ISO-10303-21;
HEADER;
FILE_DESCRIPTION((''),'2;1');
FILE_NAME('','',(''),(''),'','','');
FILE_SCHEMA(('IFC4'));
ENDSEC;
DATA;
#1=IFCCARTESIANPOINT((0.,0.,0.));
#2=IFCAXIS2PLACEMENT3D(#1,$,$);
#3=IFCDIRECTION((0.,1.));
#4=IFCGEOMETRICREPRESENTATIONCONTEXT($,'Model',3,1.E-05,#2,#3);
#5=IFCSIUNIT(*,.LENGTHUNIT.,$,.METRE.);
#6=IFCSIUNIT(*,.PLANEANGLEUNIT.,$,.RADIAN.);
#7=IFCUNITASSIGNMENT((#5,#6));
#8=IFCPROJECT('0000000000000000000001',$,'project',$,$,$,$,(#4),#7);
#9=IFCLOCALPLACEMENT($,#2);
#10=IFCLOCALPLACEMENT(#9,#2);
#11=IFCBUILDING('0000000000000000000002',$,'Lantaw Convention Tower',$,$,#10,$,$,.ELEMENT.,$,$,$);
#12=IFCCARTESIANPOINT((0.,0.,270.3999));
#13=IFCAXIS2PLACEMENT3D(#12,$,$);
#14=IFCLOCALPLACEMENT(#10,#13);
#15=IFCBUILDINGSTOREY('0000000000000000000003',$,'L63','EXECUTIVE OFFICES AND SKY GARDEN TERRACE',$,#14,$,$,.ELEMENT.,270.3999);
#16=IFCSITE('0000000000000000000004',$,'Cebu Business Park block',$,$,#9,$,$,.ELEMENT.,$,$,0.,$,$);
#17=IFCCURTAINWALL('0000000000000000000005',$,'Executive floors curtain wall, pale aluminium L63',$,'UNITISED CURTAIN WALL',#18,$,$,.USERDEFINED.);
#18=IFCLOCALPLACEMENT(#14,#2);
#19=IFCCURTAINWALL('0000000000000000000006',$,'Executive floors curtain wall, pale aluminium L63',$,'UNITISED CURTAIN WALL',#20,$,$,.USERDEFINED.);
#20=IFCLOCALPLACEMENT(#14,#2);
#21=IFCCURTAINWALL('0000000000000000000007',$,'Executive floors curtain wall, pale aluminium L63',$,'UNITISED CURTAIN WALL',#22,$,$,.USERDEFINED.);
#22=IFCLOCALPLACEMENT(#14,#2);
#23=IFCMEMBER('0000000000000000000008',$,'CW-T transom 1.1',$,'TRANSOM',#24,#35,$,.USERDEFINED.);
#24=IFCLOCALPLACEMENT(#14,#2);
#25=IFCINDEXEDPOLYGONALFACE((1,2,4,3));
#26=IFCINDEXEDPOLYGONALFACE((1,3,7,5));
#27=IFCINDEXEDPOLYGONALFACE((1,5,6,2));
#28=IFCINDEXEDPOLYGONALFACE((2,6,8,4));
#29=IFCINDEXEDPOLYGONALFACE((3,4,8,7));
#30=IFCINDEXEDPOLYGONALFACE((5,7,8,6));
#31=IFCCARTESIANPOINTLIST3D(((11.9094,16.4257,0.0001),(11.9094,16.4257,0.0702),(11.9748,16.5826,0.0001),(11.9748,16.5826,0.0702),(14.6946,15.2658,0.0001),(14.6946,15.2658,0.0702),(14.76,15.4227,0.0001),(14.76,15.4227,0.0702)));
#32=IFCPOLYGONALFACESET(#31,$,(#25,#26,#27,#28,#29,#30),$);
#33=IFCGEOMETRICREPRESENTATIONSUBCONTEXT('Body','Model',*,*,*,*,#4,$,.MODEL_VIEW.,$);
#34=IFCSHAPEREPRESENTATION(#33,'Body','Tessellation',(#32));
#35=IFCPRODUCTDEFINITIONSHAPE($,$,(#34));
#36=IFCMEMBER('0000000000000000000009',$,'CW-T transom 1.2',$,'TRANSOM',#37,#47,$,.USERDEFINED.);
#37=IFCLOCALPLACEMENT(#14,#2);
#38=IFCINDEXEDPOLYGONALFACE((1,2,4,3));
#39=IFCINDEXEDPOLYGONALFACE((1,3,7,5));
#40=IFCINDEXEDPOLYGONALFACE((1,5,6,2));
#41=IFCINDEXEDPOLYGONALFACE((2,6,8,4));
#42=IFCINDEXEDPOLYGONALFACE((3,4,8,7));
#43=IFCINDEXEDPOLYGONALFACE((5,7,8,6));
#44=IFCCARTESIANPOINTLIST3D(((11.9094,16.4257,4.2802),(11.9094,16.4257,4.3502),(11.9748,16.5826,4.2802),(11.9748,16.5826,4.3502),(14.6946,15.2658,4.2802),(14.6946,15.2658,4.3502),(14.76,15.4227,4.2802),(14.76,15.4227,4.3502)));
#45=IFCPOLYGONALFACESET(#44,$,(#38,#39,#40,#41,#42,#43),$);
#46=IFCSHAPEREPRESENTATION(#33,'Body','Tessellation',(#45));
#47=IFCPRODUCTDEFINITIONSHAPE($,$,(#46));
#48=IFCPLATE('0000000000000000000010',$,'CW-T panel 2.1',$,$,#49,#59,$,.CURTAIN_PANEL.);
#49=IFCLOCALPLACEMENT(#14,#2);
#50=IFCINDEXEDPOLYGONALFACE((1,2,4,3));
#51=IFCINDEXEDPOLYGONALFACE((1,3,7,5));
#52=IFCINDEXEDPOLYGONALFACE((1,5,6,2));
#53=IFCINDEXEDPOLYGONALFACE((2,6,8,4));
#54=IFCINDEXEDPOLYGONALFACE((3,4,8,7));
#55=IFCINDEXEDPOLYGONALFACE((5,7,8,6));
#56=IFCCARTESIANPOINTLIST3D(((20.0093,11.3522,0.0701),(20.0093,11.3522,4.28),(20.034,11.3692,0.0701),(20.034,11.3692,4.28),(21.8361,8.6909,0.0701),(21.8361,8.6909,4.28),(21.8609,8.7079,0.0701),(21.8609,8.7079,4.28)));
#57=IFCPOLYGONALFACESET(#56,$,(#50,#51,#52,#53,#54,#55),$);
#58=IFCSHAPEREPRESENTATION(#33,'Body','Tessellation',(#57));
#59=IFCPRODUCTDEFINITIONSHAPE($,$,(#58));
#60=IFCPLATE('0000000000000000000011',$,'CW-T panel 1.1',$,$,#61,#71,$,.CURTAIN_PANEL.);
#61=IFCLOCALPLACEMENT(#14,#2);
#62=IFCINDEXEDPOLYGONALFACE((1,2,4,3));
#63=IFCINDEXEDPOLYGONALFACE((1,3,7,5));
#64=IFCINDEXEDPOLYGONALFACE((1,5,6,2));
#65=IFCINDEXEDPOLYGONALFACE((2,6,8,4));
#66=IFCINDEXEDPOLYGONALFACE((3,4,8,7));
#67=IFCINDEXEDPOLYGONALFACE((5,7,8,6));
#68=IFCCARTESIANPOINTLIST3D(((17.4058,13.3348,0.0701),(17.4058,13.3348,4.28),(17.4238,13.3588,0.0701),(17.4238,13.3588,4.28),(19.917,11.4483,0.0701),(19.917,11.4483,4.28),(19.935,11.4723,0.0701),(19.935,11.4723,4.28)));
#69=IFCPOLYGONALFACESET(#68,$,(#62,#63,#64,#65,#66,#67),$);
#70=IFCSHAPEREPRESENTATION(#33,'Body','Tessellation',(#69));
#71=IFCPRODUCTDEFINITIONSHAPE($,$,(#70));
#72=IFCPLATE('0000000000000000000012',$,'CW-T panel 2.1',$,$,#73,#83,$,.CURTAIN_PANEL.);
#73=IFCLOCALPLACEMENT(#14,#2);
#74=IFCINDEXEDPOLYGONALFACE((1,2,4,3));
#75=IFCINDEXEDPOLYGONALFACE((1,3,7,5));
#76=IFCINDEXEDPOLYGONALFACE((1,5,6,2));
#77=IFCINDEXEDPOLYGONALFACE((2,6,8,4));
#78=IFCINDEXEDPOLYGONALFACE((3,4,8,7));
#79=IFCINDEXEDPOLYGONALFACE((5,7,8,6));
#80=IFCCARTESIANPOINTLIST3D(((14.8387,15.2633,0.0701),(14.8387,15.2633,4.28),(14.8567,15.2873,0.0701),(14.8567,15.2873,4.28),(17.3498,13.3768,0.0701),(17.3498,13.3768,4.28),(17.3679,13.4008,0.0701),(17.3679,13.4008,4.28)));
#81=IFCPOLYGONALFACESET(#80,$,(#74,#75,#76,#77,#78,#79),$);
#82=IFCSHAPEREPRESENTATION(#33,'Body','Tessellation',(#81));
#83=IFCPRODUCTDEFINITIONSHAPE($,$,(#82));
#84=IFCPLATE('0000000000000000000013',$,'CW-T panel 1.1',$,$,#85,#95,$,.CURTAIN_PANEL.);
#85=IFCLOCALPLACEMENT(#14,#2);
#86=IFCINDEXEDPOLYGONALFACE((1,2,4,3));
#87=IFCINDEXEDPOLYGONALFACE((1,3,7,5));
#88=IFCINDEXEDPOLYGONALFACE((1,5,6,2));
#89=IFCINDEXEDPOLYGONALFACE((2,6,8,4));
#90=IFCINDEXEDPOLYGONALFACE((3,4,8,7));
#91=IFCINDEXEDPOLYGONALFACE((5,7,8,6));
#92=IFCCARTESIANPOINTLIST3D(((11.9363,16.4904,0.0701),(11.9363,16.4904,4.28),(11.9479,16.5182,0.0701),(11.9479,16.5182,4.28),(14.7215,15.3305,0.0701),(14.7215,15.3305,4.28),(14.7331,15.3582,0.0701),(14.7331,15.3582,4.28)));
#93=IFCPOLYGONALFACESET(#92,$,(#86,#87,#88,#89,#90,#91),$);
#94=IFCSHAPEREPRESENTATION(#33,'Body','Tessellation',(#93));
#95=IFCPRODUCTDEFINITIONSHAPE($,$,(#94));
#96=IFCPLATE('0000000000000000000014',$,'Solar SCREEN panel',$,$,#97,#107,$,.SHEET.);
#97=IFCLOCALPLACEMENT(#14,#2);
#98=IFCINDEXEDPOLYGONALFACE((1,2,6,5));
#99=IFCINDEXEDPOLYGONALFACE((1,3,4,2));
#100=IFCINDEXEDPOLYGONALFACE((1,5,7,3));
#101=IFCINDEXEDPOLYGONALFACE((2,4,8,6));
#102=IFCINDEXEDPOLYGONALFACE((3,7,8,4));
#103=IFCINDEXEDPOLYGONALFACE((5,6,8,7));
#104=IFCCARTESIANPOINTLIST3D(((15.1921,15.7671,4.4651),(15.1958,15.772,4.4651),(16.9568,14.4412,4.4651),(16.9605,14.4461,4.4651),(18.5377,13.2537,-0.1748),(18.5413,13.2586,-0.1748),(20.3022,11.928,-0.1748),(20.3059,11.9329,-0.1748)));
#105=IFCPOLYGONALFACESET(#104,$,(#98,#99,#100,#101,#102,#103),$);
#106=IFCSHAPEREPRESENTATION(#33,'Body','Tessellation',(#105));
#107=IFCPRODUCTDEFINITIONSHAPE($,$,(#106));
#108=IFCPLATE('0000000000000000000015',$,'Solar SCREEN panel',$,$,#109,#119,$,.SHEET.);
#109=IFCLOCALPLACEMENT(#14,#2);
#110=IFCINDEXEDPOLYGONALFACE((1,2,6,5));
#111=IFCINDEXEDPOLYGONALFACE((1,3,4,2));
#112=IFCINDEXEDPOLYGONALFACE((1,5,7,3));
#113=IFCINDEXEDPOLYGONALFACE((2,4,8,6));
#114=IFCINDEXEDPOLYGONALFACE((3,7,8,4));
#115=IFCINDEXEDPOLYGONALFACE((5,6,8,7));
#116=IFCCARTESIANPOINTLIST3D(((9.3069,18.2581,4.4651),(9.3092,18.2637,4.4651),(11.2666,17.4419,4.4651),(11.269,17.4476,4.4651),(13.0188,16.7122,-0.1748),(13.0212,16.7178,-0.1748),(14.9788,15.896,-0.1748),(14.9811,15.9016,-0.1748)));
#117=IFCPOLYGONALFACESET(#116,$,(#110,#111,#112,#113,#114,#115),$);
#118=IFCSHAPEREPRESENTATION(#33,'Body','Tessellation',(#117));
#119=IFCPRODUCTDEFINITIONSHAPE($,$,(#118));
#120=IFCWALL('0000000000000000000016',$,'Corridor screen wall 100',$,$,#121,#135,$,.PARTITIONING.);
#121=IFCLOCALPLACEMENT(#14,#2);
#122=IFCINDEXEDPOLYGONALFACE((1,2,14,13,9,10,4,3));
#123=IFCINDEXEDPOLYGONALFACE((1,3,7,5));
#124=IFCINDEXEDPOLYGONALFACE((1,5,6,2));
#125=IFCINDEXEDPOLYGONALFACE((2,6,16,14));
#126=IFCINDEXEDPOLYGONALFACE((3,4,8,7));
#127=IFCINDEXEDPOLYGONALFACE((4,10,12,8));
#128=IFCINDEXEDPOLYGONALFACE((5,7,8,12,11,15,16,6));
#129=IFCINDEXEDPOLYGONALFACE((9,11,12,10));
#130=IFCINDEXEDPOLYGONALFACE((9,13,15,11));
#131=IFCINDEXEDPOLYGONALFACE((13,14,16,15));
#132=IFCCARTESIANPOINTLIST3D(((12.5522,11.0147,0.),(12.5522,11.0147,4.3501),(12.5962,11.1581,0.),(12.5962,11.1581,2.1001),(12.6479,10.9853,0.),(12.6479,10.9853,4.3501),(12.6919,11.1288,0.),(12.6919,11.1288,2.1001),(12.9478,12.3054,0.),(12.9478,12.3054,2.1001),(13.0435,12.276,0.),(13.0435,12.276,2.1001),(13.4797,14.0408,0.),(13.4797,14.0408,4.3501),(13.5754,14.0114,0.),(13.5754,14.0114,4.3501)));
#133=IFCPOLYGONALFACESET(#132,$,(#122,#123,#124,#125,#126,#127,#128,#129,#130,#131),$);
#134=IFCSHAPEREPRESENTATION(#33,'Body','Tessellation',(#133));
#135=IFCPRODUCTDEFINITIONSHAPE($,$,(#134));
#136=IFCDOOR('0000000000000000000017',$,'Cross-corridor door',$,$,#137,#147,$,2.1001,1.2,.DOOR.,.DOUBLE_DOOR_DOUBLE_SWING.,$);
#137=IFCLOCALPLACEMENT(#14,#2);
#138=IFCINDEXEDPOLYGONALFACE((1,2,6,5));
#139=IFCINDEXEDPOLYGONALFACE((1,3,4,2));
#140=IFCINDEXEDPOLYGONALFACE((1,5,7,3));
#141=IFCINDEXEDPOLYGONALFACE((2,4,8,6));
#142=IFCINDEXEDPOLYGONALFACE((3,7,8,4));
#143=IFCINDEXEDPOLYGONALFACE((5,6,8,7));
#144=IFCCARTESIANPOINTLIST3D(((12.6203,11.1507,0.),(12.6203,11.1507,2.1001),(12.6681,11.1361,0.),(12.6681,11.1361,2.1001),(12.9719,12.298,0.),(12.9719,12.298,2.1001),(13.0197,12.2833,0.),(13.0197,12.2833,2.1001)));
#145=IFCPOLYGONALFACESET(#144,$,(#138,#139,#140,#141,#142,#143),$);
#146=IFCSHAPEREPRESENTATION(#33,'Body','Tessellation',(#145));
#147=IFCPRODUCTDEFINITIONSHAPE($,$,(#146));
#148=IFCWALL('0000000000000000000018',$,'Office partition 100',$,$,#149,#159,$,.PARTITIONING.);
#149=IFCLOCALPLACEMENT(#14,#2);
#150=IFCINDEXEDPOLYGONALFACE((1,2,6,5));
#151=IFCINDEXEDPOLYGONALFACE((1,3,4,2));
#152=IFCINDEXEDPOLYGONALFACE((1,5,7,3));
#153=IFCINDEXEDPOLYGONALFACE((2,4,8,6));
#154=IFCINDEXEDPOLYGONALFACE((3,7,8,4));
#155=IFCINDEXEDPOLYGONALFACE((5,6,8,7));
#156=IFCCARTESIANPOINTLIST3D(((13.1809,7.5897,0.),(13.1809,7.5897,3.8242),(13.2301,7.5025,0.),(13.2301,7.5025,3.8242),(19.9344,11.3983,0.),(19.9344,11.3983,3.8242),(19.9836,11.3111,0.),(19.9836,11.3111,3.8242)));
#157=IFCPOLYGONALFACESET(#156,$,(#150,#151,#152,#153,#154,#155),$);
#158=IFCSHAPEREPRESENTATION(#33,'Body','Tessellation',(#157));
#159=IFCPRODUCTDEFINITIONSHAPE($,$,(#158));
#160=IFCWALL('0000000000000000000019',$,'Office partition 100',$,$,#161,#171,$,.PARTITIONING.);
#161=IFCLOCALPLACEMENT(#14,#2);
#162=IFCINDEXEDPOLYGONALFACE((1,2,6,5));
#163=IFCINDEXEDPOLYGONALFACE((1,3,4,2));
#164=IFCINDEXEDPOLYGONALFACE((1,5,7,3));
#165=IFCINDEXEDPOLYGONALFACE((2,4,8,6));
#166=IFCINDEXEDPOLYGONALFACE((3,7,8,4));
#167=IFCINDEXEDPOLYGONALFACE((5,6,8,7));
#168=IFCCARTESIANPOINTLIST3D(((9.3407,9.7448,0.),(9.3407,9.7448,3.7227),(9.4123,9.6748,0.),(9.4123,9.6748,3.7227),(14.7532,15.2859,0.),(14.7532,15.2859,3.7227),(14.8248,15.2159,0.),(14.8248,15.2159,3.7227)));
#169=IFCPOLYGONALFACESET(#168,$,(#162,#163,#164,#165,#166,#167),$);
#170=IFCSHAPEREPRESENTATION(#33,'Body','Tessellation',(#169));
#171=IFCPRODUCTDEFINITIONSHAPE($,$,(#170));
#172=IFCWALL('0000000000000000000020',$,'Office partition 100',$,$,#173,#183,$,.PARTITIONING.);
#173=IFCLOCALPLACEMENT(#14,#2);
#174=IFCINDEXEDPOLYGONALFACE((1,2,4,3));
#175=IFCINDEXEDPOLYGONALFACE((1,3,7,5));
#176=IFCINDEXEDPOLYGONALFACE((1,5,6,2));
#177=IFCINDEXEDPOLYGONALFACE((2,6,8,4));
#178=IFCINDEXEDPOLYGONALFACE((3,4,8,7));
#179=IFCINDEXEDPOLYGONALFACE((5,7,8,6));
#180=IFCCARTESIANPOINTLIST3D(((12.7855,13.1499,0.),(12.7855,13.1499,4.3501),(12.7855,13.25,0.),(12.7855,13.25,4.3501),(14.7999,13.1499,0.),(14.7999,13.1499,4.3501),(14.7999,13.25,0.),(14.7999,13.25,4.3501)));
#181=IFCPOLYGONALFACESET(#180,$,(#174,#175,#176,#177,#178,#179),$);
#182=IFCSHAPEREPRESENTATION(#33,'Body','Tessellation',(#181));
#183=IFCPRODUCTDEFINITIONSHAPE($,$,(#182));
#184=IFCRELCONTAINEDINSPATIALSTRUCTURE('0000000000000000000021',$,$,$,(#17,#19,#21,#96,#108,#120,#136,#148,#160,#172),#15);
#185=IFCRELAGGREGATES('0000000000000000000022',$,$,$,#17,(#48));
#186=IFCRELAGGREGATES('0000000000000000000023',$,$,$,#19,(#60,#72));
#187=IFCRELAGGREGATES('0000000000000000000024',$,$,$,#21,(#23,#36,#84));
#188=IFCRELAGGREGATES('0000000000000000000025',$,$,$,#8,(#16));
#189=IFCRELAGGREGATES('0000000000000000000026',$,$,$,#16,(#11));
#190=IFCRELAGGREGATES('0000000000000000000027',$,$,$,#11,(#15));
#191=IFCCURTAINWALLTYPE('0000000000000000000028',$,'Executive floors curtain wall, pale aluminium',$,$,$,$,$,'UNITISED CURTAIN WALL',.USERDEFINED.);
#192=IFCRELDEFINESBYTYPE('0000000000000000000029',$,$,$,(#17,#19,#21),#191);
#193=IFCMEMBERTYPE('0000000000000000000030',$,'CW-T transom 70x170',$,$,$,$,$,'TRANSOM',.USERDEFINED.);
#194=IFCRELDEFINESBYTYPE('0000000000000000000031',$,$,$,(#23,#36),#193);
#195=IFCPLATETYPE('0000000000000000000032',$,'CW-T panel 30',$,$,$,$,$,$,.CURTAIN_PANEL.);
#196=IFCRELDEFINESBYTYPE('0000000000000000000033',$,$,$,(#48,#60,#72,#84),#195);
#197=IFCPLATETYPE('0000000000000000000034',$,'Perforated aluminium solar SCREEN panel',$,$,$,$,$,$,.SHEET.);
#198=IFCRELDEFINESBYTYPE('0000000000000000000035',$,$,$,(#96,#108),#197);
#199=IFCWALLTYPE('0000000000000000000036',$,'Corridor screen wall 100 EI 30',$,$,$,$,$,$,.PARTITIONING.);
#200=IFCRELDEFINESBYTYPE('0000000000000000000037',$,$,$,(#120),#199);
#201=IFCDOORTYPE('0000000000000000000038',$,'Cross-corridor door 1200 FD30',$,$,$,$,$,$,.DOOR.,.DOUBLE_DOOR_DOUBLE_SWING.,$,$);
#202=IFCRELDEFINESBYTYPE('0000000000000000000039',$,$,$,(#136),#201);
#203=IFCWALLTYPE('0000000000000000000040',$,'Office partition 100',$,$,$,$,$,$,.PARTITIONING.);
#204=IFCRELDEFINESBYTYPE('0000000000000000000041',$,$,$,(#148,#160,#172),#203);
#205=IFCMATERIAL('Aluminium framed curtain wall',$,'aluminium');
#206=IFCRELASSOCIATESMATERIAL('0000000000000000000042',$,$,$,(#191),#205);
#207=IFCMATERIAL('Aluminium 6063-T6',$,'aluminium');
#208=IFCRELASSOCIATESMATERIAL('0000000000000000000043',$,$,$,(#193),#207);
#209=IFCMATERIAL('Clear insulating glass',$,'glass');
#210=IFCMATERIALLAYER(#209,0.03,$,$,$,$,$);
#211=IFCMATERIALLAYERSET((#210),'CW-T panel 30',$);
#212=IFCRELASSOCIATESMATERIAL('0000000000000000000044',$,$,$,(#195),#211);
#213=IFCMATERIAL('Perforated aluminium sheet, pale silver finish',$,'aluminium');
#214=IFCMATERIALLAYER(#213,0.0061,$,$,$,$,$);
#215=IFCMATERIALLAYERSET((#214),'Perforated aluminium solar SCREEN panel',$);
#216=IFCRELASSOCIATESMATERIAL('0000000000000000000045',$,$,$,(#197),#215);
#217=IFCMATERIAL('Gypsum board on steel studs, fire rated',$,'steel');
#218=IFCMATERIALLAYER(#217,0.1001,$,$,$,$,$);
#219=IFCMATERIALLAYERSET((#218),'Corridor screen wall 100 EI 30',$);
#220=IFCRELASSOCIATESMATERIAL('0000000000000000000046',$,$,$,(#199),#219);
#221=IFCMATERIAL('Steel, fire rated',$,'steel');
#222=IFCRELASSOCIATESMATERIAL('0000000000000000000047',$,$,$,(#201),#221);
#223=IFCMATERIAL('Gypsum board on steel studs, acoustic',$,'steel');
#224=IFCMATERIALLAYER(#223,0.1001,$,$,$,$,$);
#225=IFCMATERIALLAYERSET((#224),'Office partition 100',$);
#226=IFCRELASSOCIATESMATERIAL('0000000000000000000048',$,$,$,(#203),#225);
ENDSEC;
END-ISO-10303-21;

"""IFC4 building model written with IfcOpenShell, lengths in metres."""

from ifc_helpers import new_model, si_unit, direction, frame, frame_2d, origin, origin_2d, place, context, subcontext, project, spatial, polyline, rectangle, outline, extrude, material, layer, layer_set, material_profile, profile_set, type_object, element, fill, aggregate, save


model = new_model("IFC4")

# Units and contexts
model_context = context("Model", 3, precision=1e-05, world=origin(), true_north=direction((0.0, 1.0)))
body_context = subcontext(model_context, "Body", "Model", "MODEL_VIEW")
ifc_project = project(units=[si_unit("LENGTHUNIT", "METRE"), si_unit("PLANEANGLEUNIT", "RADIAN")], contexts=[model_context])

# Site, building, storey
site_placement = place(None, origin())
site = spatial("IfcSite", under=ifc_project, at=site_placement, Name="Cebu Business Park block", CompositionType="ELEMENT", RefElevation=0.0)
building_placement = place(site_placement, origin())
building = spatial("IfcBuilding", under=site, at=building_placement, Name="Lantaw Convention Tower", CompositionType="ELEMENT")
storey_placement = place(building_placement, frame((0.0, 0.0, 270.3999)))
storey = spatial("IfcBuildingStorey", under=building, at=storey_placement, Name="L63", Description="EXECUTIVE OFFICES AND SKY GARDEN TERRACE", CompositionType="ELEMENT", Elevation=270.3999)

# Curtain wall
ifc_material_1 = material(Name="Aluminium framed curtain wall", Category="aluminium")
curtain_wall_type = type_object("IfcCurtainWallType", Name="Executive floors curtain wall, pale aluminium", ElementType="UNITISED CURTAIN WALL", PredefinedType="USERDEFINED", material=ifc_material_1)
curtain_wall_1_placement = place(storey_placement, origin())
curtain_wall_1 = element("IfcCurtainWall", 1, at=curtain_wall_1_placement, inside=storey, type_object=curtain_wall_type, Name="Executive floors curtain wall, pale aluminium L63", ObjectType="UNITISED CURTAIN WALL", PredefinedType="USERDEFINED")
ifc_material_2 = material(Name="Aluminium 6063-T6", Category="aluminium")

# Curtain wall
curtain_wall_2_placement = place(storey_placement, origin())
curtain_wall_2 = element("IfcCurtainWall", 2, at=curtain_wall_2_placement, inside=storey, type_object=curtain_wall_type, Name="Executive floors curtain wall, pale aluminium L63", ObjectType="UNITISED CURTAIN WALL", PredefinedType="USERDEFINED")

# Curtain wall
curtain_wall_3_placement = place(storey_placement, origin())
curtain_wall_3 = element("IfcCurtainWall", 3, at=curtain_wall_3_placement, inside=storey, type_object=curtain_wall_type, Name="Executive floors curtain wall, pale aluminium L63", ObjectType="UNITISED CURTAIN WALL", PredefinedType="USERDEFINED")

# Members
ifc_material_profile_1 = material_profile(ifc_material_2, rectangle(XDim=0.1699, YDim=0.0701, at=origin_2d()), Name="CW-T transom 70x170")
ifc_profile_set_1 = profile_set([ifc_material_profile_1], Name="Aluminium 6063-T6")
member_type_1 = type_object("IfcMemberType", Name="CW-T transom 70x170", ElementType="TRANSOM", PredefinedType="USERDEFINED", material=ifc_profile_set_1)
member_1_placement = place(storey_placement, frame((14.7273, 15.3442, 0.0352), z_axis=(-0.923144, 0.384454, 0.0), x_axis=(-0.384454, -0.923144, 0.0)))
member_1 = element("IfcMember", 4, at=member_1_placement, type_object=member_type_1, Name="CW-T transom 1.1", ObjectType="TRANSOM", PredefinedType="USERDEFINED", context=body_context, shape_type="SweptSolid", body=[
    extrude(rectangle(XDim=0.1699, YDim=0.0701, at=origin_2d()), origin(), (0.0, 0.0, 1.0), 3.0171),
])
member_2_placement = place(storey_placement, frame((14.7273, 15.3442, 4.3152), z_axis=(-0.923144, 0.384454, 0.0), x_axis=(-0.384454, -0.923144, 0.0)))
member_2 = element("IfcMember", 5, at=member_2_placement, type_object=member_type_1, Name="CW-T transom 1.2", ObjectType="TRANSOM", PredefinedType="USERDEFINED", context=body_context, shape_type="SweptSolid", body=[
    extrude(rectangle(XDim=0.1699, YDim=0.0701, at=origin_2d()), origin(), (0.0, 0.0, 1.0), 3.0171),
])

# Plates
ifc_material_3 = material(Name="Clear insulating glass", Category="glass")
ifc_layer_1 = layer(ifc_material_3, 0.03)
ifc_layer_set_1 = layer_set([ifc_layer_1], Name="CW-T panel 30")
plate_type_1 = type_object("IfcPlateType", Name="CW-T panel 30", PredefinedType="CURTAIN_PANEL", material=ifc_layer_set_1)
plate_1_placement = place(storey_placement, frame((20.9351, 10.03, 0.0701), z_axis=(0.0, 0.0, 1.0), x_axis=(-0.565935, 0.82445, 0.0)))
plate_1 = element("IfcPlate", 6, at=plate_1_placement, type_object=plate_type_1, Name="CW-T panel 2.1", PredefinedType="CURTAIN_PANEL", context=body_context, shape_type="SweptSolid", body=[
    extrude(rectangle(XDim=3.228, YDim=0.03, at=origin_2d()), origin(), (0.0, 0.0, 1.0), 4.21),
])
aggregate(curtain_wall_1, [plate_1])
plate_2_placement = place(storey_placement, frame((18.6704, 12.4036, 0.0701), z_axis=(0.0, 0.0, 1.0), x_axis=(-0.799518, 0.600643, 0.0)))
plate_2 = element("IfcPlate", 7, at=plate_2_placement, type_object=plate_type_1, Name="CW-T panel 1.1", PredefinedType="CURTAIN_PANEL", context=body_context, shape_type="SweptSolid", body=[
    extrude(rectangle(XDim=3.1409, YDim=0.03, at=origin_2d()), origin(), (0.0, 0.0, 1.0), 4.21),
])
plate_3_placement = place(storey_placement, frame((16.1033, 14.332, 0.0701), z_axis=(0.0, 0.0, 1.0), x_axis=(-0.799518, 0.600643, 0.0)))
plate_3 = element("IfcPlate", 8, at=plate_3_placement, type_object=plate_type_1, Name="CW-T panel 2.1", PredefinedType="CURTAIN_PANEL", context=body_context, shape_type="SweptSolid", body=[
    extrude(rectangle(XDim=3.1409, YDim=0.03, at=origin_2d()), origin(), (0.0, 0.0, 1.0), 4.21),
])
aggregate(curtain_wall_2, [plate_2, plate_3])
plate_4_placement = place(storey_placement, frame((13.3347, 15.9243, 0.0701), z_axis=(0.0, 0.0, 1.0), x_axis=(-0.923142, 0.38446, 0.0)))
plate_4 = element("IfcPlate", 9, at=plate_4_placement, type_object=plate_type_1, Name="CW-T panel 1.1", PredefinedType="CURTAIN_PANEL", context=body_context, shape_type="SweptSolid", body=[
    extrude(rectangle(XDim=3.0171, YDim=0.03, at=origin_2d()), origin(), (0.0, 0.0, 1.0), 4.21),
])
aggregate(curtain_wall_3, [member_1, member_2, plate_4])

# Plates
ifc_material_4 = material(Name="Perforated aluminium sheet, pale silver finish", Category="aluminium")
ifc_layer_2 = layer(ifc_material_4, 0.0061)
ifc_layer_set_2 = layer_set([ifc_layer_2], Name="Perforated aluminium solar SCREEN panel")
plate_type_2 = type_object("IfcPlateType", Name="Perforated aluminium solar SCREEN panel", PredefinedType="SHEET", material=ifc_layer_set_2)
plate_5_placement = place(storey_placement, frame((20.3059, 11.9329, -0.1748), z_axis=(0.600672, 0.799495, 0.000032), x_axis=(-0.799495, 0.600672, 0.0)))
element("IfcPlate", 10, at=plate_5_placement, inside=storey, type_object=plate_type_2, Name="Solar SCREEN panel", PredefinedType="SHEET", context=body_context, shape_type="SweptSolid", body=[
    extrude(outline(polyline([(0.0, 0.0), (2.2071, 0.0), (6.3916, 4.6399), (4.1843, 4.6399), (0.0, 0.0)])), origin(), (0.0, 0.0, -1.0), 0.0061),
])
plate_6_placement = place(storey_placement, frame((14.9788, 15.896, -0.1748), z_axis=(-0.38444, -0.92315, 0.000009), x_axis=(-0.92315, 0.38444, 0.0)))
element("IfcPlate", 11, at=plate_6_placement, inside=storey, type_object=plate_type_2, Name="Solar SCREEN panel", PredefinedType="SHEET", context=body_context, shape_type="SweptSolid", body=[
    extrude(outline(polyline([(0.0, 0.0), (2.1231, 0.0), (6.1441, -4.6399), (4.0212, -4.6399), (0.0, 0.0)])), origin(), (0.0, 0.0, -1.0), 0.0061),
])

# Wall, opening, door
ifc_material_5 = material(Name="Gypsum board on steel studs, fire rated", Category="steel")
ifc_layer_3 = layer(ifc_material_5, 0.1001)
ifc_layer_set_3 = layer_set([ifc_layer_3], Name="Corridor screen wall 100 EI 30")
wall_type_1 = type_object("IfcWallType", Name="Corridor screen wall 100 EI 30", PredefinedType="PARTITIONING", material=ifc_layer_set_3)
wall_1_placement = place(storey_placement, frame((12.6001, 11.0, 0.0), z_axis=(0.0, 0.0, 1.0), x_axis=(0.29304, 0.9561, 0.0)))
wall_1 = element("IfcWall", 12, at=wall_1_placement, inside=storey, type_object=wall_type_1, Name="Corridor screen wall 100", PredefinedType="PARTITIONING", context=body_context, shape_type="SweptSolid", body=[
    extrude(rectangle(XDim=3.165, YDim=0.1001, at=frame_2d((1.5825, 0.0))), origin(), (0.0, 0.0, 1.0), 4.3501),
])
opening_placement = place(wall_1_placement, frame((0.1499, 0.0, 0.0)))
opening = element("IfcOpeningElement", 13, at=opening_placement, cuts=wall_1, PredefinedType="OPENING", context=body_context, shape_type="SweptSolid", body=[
    extrude(rectangle(XDim=1.2, YDim=2.1001, at=frame_2d((0.6001, 1.05))), frame((0.0, 0.0601, 0.0), z_axis=(0.0, -1.0, 0.0), x_axis=(1.0, 0.0, 0.0)), (0.0, 0.0, 1.0), 0.1201),
])
ifc_material_6 = material(Name="Steel, fire rated", Category="steel")
door_type = type_object("IfcDoorType", Name="Cross-corridor door 1200 FD30", OperationType="DOUBLE_DOOR_DOUBLE_SWING", PredefinedType="DOOR", material=ifc_material_6)
door_placement = place(opening_placement, origin())
door = element("IfcDoor", 14, at=door_placement, inside=storey, type_object=door_type, Name="Cross-corridor door", OperationType="DOUBLE_DOOR_DOUBLE_SWING", OverallHeight=2.1001, OverallWidth=1.2, PredefinedType="DOOR", context=body_context, shape_type="SweptSolid", body=[
    extrude(rectangle(XDim=1.2, YDim=2.1001, at=frame_2d((0.6001, 1.05))), frame((0.0, 0.0249, 0.0), z_axis=(0.0, -1.0, 0.0), x_axis=(1.0, 0.0, 0.0)), (0.0, 0.0, 1.0), 0.05),
])
fill(opening, door)

# Walls
ifc_material_7 = material(Name="Gypsum board on steel studs, acoustic", Category="steel")
ifc_layer_4 = layer(ifc_material_7, 0.1001)
ifc_layer_set_4 = layer_set([ifc_layer_4], Name="Office partition 100")
wall_type_2 = type_object("IfcWallType", Name="Office partition 100", PredefinedType="PARTITIONING", material=ifc_layer_set_4)
wall_2_placement = place(storey_placement, frame((19.959, 11.3547, 0.0), z_axis=(0.0, 0.0, 1.0), x_axis=(-0.871035, -0.491221, 0.0)))
element("IfcWall", 15, at=wall_2_placement, inside=storey, type_object=wall_type_2, Name="Office partition 100", PredefinedType="PARTITIONING", context=body_context, shape_type="SweptSolid", body=[
    extrude(rectangle(XDim=7.7534, YDim=0.1001, at=frame_2d((3.8767, 0.0))), origin(), (0.0, 0.0, 1.0), 3.8242),
])
wall_3_placement = place(storey_placement, frame((14.7891, 15.251, 0.0), z_axis=(0.0, 0.0, 1.0), x_axis=(-0.698753, -0.715363, 0.0)))
element("IfcWall", 16, at=wall_3_placement, inside=storey, type_object=wall_type_2, Name="Office partition 100", PredefinedType="PARTITIONING", context=body_context, shape_type="SweptSolid", body=[
    extrude(rectangle(XDim=7.7458, YDim=0.1001, at=frame_2d((3.873, 0.0))), origin(), (0.0, 0.0, 1.0), 3.7227),
])
wall_4_placement = place(storey_placement, frame((14.8, 13.2, 0.0), z_axis=(0.0, 0.0, 1.0), x_axis=(-1.0, 0.0, 0.0)))
element("IfcWall", 17, at=wall_4_placement, inside=storey, type_object=wall_type_2, Name="Office partition 100", PredefinedType="PARTITIONING", context=body_context, shape_type="SweptSolid", body=[
    extrude(rectangle(XDim=2.0144, YDim=0.1001, at=frame_2d((1.0073, 0.0))), origin(), (0.0, 0.0, 1.0), 4.3501),
])

save(model, "model.ifc")
